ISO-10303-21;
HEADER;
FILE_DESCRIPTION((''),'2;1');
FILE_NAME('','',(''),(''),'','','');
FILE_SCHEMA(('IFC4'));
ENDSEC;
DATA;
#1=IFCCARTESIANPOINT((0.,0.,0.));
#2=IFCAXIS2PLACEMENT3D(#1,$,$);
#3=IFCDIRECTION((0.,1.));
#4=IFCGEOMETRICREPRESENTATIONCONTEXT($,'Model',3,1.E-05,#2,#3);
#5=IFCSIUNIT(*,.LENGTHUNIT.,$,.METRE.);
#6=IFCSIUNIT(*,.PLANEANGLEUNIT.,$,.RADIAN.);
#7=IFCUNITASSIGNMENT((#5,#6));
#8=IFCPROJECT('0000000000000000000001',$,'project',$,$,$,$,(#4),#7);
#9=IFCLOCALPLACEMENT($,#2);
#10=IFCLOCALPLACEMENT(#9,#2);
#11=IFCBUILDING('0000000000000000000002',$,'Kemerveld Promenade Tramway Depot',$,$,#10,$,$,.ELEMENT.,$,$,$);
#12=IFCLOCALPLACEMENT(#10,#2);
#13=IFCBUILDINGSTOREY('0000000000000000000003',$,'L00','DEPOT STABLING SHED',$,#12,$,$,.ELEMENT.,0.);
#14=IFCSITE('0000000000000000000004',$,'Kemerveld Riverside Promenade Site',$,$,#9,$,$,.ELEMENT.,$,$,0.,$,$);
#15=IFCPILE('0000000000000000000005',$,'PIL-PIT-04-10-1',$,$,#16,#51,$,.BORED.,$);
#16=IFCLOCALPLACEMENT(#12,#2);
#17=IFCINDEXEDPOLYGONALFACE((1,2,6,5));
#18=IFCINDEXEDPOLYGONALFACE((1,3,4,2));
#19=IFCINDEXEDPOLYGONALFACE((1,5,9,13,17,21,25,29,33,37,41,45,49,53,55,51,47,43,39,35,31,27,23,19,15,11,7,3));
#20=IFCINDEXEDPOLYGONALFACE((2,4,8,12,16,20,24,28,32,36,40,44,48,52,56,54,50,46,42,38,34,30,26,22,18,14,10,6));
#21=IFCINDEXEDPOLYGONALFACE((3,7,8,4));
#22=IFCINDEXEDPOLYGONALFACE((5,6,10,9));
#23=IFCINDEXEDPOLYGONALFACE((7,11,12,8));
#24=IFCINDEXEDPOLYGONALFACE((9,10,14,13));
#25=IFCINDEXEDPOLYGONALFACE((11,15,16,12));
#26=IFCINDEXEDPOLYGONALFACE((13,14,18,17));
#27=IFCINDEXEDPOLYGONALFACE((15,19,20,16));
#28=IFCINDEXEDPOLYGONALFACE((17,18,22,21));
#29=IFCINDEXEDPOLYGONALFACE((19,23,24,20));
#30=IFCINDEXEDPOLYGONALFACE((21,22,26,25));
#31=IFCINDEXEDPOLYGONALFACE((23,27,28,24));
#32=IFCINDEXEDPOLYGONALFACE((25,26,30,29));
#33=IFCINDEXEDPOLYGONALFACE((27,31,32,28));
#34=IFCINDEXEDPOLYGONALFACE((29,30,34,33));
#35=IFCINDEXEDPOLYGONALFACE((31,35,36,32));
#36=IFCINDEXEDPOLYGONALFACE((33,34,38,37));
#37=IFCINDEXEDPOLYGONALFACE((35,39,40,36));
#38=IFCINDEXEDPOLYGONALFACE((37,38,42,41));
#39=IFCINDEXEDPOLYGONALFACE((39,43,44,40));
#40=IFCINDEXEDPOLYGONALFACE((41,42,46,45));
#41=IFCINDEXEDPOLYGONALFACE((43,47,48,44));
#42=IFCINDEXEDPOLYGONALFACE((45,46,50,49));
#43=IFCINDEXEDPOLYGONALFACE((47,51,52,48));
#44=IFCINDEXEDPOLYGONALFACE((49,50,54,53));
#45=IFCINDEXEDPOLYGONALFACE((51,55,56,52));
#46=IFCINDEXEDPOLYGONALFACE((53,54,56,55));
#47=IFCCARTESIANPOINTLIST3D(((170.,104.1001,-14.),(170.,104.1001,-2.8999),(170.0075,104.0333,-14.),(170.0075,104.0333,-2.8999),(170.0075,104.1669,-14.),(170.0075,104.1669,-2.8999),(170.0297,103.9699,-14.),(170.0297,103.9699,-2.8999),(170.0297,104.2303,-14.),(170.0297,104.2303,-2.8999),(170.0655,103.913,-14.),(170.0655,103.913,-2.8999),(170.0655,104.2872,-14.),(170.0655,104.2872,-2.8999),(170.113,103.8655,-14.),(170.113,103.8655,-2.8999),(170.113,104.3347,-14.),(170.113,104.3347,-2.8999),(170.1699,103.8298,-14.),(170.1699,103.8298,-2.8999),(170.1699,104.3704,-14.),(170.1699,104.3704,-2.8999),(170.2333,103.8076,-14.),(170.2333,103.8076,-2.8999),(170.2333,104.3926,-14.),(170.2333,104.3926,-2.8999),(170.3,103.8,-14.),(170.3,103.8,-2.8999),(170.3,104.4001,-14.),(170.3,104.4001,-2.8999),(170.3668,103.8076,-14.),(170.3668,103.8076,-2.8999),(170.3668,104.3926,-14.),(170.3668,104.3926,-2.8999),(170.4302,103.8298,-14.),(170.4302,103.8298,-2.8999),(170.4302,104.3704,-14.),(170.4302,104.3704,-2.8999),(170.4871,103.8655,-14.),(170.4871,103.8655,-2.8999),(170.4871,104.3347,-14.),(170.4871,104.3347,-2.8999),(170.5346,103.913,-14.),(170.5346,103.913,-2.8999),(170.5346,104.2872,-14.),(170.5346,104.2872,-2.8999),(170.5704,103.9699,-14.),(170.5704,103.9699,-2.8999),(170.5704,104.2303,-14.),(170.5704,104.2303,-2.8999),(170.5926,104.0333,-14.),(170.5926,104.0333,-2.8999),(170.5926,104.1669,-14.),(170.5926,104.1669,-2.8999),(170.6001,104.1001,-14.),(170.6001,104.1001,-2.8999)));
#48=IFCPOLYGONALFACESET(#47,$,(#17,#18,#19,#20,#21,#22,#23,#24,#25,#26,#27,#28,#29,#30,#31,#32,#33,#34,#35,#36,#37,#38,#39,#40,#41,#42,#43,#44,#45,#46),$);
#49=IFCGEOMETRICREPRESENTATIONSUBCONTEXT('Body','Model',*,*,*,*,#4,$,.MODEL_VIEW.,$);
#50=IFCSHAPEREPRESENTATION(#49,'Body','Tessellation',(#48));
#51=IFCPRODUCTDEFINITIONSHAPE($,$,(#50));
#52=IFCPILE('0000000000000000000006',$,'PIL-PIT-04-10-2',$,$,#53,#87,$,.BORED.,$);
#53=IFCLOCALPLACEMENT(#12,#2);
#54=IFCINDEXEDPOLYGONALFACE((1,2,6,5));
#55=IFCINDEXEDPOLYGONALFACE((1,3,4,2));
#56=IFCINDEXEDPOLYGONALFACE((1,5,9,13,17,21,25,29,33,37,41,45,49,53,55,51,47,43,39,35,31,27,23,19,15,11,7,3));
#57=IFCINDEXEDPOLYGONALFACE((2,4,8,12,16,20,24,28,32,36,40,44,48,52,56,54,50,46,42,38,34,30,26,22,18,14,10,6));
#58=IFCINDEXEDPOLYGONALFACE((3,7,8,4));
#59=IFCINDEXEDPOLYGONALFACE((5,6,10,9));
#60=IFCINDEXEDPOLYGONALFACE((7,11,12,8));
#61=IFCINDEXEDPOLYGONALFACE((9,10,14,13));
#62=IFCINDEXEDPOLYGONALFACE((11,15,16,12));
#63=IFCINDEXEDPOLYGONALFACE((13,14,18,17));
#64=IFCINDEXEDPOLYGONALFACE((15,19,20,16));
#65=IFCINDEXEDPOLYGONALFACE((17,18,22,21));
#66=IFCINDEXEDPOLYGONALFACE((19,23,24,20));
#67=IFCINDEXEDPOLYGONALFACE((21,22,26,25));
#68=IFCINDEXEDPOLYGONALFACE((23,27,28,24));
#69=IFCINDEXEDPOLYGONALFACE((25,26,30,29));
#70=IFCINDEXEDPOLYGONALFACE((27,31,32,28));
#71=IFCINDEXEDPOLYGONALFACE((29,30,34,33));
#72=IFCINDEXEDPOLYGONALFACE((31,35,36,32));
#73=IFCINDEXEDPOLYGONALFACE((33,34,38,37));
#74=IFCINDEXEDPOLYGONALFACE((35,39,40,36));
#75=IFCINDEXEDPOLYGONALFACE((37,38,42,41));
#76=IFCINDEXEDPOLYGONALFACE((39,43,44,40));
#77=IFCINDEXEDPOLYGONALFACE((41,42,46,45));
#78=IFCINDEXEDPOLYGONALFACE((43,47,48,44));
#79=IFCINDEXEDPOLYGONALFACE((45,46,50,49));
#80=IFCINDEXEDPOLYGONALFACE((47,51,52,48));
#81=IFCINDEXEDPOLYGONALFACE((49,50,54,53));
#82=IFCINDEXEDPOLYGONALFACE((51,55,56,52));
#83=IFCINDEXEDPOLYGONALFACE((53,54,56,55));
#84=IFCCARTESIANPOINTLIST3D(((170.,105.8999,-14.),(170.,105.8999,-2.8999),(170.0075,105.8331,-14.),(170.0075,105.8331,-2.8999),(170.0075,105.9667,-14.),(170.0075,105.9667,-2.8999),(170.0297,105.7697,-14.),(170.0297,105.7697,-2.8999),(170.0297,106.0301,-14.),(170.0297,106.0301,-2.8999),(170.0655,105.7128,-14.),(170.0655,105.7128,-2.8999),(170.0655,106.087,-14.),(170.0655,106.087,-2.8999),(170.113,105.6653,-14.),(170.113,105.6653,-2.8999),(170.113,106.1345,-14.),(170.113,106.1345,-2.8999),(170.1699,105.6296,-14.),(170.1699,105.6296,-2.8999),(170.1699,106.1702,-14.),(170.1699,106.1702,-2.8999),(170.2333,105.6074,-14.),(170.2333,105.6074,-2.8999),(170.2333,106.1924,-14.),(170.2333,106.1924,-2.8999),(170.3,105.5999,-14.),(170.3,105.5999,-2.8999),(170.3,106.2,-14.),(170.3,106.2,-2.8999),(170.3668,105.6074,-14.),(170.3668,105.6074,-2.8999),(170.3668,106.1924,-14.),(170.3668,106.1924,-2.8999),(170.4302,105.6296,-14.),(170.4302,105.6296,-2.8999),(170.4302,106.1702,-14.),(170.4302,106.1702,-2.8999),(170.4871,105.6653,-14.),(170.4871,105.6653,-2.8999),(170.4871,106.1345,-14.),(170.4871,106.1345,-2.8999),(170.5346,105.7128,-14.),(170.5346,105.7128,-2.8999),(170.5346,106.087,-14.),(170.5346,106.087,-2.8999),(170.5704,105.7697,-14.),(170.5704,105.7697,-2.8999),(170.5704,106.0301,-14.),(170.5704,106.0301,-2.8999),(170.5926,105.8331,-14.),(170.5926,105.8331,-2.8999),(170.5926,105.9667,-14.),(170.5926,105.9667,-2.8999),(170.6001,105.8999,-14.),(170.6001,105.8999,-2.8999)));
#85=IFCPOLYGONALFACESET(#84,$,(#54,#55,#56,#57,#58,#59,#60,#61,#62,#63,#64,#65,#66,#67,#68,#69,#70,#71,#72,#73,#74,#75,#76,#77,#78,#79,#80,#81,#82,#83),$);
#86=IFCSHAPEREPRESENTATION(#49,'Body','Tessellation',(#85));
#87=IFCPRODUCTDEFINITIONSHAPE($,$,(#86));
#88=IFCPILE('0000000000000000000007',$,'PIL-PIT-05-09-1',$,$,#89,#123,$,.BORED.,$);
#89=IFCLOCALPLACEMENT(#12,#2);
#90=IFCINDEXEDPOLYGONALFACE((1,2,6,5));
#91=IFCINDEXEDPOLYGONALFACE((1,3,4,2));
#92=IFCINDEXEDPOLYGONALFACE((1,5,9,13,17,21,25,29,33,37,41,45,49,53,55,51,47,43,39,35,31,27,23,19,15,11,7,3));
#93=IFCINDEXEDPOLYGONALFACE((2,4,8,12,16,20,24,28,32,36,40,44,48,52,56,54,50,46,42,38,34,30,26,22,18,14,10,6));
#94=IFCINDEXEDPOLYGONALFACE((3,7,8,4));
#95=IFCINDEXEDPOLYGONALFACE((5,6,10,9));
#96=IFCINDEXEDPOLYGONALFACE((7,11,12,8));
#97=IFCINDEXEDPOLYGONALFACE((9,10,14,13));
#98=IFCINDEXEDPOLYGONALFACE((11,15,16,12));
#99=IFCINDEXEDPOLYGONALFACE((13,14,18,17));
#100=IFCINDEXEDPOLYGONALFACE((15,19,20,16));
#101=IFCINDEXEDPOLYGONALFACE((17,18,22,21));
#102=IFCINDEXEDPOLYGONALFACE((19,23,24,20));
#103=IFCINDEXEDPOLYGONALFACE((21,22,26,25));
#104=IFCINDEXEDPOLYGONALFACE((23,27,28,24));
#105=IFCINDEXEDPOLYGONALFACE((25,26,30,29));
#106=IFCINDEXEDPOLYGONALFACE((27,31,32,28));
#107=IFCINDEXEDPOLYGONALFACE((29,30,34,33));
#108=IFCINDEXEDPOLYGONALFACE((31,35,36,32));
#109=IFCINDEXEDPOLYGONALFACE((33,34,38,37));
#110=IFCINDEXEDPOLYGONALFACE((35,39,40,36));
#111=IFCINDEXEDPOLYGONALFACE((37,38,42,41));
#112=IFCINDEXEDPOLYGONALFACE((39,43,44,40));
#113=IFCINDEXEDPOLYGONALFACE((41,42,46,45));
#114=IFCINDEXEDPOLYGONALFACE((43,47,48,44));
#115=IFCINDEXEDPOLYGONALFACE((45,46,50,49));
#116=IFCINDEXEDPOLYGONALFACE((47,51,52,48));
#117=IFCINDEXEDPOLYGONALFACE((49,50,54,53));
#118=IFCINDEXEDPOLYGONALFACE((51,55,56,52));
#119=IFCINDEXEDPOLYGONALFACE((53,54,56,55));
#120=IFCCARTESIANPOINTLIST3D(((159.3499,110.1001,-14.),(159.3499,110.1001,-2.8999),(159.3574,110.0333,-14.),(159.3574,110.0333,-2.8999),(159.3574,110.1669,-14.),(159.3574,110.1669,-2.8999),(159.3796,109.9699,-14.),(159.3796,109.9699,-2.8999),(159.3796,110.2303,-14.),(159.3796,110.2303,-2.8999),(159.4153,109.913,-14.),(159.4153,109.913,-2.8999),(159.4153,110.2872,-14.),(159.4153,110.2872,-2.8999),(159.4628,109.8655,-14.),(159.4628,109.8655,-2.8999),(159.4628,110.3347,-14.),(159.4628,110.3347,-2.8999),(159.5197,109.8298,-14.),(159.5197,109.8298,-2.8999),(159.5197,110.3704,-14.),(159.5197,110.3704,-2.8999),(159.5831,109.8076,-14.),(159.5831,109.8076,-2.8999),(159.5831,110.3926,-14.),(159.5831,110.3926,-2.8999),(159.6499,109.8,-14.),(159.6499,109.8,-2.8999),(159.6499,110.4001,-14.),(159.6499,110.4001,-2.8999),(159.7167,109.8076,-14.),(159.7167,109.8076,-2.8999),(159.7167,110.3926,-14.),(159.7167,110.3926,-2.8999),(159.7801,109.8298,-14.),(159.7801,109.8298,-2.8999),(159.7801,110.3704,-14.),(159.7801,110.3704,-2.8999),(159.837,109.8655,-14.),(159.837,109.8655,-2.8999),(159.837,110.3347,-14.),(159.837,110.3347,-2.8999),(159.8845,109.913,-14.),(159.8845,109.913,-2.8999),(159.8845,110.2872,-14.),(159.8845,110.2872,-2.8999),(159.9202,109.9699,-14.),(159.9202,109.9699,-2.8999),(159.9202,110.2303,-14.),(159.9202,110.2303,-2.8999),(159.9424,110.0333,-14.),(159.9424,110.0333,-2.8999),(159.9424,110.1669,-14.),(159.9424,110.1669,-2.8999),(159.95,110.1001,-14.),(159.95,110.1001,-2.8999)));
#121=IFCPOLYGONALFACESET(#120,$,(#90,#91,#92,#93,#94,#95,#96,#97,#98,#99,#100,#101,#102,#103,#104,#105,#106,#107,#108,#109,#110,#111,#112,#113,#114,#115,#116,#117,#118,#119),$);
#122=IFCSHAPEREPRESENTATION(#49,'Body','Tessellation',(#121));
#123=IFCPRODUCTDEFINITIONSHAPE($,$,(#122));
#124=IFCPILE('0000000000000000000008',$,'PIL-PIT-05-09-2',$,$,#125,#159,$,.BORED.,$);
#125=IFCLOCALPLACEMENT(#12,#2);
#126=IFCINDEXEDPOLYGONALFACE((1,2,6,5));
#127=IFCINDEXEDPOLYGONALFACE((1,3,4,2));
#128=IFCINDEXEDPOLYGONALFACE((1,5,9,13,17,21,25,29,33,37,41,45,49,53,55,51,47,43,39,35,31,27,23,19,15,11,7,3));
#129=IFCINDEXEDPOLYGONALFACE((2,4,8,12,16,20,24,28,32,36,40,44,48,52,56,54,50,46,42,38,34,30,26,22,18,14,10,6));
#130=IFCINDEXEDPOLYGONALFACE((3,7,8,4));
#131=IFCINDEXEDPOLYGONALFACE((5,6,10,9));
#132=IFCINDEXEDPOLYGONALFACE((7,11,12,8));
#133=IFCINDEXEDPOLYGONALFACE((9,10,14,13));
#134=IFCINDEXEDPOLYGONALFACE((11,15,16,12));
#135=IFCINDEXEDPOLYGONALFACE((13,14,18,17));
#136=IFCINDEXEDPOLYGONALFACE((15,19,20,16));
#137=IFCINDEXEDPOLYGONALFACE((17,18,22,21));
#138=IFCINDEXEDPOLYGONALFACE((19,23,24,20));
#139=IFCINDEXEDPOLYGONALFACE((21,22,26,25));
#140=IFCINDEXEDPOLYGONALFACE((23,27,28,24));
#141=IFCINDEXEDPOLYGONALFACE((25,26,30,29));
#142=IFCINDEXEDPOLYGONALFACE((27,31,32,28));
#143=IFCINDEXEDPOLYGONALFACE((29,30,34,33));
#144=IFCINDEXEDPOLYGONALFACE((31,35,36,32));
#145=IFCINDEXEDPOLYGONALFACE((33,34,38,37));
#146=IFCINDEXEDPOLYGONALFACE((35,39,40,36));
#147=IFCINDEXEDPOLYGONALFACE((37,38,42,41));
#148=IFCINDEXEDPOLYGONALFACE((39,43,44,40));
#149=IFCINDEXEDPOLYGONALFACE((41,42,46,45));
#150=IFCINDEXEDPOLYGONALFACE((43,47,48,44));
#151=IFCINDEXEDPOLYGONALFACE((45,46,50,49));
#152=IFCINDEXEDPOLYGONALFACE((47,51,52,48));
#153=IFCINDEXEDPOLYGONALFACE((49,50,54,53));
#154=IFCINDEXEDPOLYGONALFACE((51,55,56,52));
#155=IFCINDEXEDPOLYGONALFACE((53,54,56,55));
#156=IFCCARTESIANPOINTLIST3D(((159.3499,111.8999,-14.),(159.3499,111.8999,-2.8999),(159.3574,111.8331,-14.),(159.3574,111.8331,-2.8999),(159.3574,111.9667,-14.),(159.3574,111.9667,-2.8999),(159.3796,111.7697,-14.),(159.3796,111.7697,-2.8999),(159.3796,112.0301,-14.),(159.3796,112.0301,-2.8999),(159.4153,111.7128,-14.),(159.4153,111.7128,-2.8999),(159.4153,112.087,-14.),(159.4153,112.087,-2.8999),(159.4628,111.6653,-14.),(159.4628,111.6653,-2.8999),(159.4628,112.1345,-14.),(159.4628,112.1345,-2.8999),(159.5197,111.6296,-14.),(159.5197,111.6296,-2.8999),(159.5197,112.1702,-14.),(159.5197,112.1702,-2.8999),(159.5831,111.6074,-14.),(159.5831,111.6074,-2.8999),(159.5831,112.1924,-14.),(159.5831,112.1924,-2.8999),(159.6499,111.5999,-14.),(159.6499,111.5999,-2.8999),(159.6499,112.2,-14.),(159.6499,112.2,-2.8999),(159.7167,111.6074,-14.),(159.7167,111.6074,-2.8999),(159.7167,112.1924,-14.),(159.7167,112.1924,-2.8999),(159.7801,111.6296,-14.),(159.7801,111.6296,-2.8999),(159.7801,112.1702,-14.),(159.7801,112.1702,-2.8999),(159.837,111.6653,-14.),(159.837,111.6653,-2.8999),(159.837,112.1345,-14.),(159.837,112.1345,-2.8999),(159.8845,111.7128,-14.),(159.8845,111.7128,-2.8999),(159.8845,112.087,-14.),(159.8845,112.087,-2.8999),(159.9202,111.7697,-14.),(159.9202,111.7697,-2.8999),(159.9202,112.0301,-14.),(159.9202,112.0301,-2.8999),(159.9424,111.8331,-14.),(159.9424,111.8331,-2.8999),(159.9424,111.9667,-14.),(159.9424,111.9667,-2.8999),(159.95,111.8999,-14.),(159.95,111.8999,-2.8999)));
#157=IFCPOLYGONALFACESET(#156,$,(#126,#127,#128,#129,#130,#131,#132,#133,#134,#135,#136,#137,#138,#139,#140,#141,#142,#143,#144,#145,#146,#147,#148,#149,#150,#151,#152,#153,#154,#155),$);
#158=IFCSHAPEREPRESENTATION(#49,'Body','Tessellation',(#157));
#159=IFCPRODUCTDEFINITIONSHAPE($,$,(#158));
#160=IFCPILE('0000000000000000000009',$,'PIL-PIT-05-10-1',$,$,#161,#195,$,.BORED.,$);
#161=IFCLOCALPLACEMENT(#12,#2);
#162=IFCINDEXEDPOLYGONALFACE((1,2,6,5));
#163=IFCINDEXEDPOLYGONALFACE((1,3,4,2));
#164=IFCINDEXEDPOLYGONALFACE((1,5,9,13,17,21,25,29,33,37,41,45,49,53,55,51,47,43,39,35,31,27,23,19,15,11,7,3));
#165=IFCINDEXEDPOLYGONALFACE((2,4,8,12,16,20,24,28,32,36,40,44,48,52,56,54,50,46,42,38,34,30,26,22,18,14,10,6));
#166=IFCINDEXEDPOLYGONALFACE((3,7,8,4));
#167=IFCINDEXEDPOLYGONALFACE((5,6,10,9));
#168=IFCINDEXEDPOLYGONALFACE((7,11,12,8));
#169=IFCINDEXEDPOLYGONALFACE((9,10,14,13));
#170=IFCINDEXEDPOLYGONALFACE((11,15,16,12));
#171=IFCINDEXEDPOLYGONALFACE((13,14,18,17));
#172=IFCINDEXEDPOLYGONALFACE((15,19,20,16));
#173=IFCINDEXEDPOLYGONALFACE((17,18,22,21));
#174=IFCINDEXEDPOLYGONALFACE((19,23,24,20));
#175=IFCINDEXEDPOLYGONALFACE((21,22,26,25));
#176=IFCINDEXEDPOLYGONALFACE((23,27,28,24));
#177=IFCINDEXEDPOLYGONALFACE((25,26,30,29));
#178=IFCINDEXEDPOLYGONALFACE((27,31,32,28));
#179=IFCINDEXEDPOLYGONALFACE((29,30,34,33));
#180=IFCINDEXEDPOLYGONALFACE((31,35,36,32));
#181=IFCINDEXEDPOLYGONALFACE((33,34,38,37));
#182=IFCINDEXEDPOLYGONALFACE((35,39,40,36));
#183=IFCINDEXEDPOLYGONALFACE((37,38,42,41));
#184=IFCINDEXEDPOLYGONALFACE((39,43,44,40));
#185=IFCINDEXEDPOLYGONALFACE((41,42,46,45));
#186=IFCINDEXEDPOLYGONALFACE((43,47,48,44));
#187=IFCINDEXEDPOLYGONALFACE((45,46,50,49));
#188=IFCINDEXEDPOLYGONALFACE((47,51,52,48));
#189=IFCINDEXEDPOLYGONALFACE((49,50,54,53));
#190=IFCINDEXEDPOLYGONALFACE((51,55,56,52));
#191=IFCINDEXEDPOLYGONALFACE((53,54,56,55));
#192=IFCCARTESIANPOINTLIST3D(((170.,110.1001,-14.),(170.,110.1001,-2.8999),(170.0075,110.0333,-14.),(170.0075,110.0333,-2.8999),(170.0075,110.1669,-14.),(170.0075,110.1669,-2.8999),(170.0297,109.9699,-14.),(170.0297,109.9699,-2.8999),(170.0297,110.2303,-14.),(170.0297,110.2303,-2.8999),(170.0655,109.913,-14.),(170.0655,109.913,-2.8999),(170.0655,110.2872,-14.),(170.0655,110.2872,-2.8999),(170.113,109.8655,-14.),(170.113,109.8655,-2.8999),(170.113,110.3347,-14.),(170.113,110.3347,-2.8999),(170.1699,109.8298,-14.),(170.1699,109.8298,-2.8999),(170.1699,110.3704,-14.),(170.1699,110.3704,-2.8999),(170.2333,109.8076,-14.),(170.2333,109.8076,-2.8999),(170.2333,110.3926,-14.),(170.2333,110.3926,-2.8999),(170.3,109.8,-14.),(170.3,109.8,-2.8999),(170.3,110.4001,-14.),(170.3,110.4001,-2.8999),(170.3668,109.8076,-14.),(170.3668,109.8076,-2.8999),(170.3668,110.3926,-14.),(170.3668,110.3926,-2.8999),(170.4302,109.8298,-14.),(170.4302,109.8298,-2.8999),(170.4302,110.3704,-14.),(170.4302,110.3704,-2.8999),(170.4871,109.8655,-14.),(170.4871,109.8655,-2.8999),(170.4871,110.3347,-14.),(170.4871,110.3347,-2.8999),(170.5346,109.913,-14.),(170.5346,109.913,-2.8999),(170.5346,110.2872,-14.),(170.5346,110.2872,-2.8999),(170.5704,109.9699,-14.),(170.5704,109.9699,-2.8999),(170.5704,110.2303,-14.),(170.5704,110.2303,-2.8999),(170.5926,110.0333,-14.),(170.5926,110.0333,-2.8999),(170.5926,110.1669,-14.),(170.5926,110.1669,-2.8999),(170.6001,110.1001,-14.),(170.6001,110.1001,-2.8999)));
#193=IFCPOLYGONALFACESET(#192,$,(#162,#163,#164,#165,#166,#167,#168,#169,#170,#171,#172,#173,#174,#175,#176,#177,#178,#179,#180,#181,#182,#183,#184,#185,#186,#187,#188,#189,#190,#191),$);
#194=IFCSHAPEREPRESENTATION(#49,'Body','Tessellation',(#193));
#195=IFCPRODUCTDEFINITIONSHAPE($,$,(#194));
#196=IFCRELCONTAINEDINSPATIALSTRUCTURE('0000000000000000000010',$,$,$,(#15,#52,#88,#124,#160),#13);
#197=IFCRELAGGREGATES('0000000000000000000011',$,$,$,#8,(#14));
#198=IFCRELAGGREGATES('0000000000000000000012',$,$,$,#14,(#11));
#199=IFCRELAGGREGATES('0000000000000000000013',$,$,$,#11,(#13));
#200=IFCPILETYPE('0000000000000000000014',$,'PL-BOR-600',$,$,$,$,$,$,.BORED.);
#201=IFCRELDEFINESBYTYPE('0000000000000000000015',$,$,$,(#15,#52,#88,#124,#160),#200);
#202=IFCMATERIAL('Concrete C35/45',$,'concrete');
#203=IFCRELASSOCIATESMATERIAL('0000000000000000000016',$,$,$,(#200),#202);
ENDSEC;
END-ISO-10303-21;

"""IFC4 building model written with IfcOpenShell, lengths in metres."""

from ifc_helpers import new_model, si_unit, direction, frame, origin, origin_2d, place, context, subcontext, project, spatial, circle, extrude, material, material_profile, profile_set, type_object, element, save


model = new_model("IFC4")

# Units and contexts
model_context = context("Model", 3, precision=1e-05, world=origin(), true_north=direction((0.0, 1.0)))
body_context = subcontext(model_context, "Body", "Model", "MODEL_VIEW")
ifc_project = project(units=[si_unit("LENGTHUNIT", "METRE"), si_unit("PLANEANGLEUNIT", "RADIAN")], contexts=[model_context])

# Site, building, storey
site_placement = place(None, origin())
site = spatial("IfcSite", under=ifc_project, at=site_placement, Name="Kemerveld Riverside Promenade Site", CompositionType="ELEMENT", RefElevation=0.0)
building_placement = place(site_placement, origin())
building = spatial("IfcBuilding", under=site, at=building_placement, Name="Kemerveld Promenade Tramway Depot", CompositionType="ELEMENT")
storey_placement = place(building_placement, origin())
storey = spatial("IfcBuildingStorey", under=building, at=storey_placement, Name="L00", Description="DEPOT STABLING SHED", CompositionType="ELEMENT", Elevation=0.0)

# Shared definitions
ifc_material_1 = material(Name="Concrete C35/45", Category="concrete")

# Piles
ifc_material_profile_1 = material_profile(ifc_material_1, circle(Radius=0.3, at=origin_2d()), Name="PILE-D600")
ifc_profile_set_1 = profile_set([ifc_material_profile_1], Name="Concrete C35/45")
pile_type = type_object("IfcPileType", Name="PL-BOR-600", PredefinedType="BORED", material=ifc_profile_set_1)
for number, where, z_axis, x_axis, name in (
    (1, (170.3, 104.1001, -2.8999), (0.0, 0.0, -1.0), (1.0, 0.0, 0.0), "PIL-PIT-04-10-1"),
    (2, (170.3, 105.8999, -2.8999), (0.0, 0.0, -1.0), (1.0, 0.0, 0.0), "PIL-PIT-04-10-2"),
    (3, (159.6499, 110.1001, -2.8999), (0.0, 0.0, -1.0), (1.0, 0.0, 0.0), "PIL-PIT-05-09-1"),
    (4, (159.6499, 111.8999, -2.8999), (0.0, 0.0, -1.0), (1.0, 0.0, 0.0), "PIL-PIT-05-09-2"),
    (5, (170.3, 110.1001, -2.8999), (0.0, 0.0, -1.0), (1.0, 0.0, 0.0), "PIL-PIT-05-10-1"),
):
    element("IfcPile", number, at=place(storey_placement, frame(where, z_axis=z_axis, x_axis=x_axis)), inside=storey, type_object=pile_type, Name=name, PredefinedType="BORED", context=body_context, shape_type="SweptSolid", body=[
        extrude(circle(Radius=0.3, at=origin_2d()), origin(), (0.0, 0.0, 1.0), 11.1001),
    ])

save(model, "model.ifc")
